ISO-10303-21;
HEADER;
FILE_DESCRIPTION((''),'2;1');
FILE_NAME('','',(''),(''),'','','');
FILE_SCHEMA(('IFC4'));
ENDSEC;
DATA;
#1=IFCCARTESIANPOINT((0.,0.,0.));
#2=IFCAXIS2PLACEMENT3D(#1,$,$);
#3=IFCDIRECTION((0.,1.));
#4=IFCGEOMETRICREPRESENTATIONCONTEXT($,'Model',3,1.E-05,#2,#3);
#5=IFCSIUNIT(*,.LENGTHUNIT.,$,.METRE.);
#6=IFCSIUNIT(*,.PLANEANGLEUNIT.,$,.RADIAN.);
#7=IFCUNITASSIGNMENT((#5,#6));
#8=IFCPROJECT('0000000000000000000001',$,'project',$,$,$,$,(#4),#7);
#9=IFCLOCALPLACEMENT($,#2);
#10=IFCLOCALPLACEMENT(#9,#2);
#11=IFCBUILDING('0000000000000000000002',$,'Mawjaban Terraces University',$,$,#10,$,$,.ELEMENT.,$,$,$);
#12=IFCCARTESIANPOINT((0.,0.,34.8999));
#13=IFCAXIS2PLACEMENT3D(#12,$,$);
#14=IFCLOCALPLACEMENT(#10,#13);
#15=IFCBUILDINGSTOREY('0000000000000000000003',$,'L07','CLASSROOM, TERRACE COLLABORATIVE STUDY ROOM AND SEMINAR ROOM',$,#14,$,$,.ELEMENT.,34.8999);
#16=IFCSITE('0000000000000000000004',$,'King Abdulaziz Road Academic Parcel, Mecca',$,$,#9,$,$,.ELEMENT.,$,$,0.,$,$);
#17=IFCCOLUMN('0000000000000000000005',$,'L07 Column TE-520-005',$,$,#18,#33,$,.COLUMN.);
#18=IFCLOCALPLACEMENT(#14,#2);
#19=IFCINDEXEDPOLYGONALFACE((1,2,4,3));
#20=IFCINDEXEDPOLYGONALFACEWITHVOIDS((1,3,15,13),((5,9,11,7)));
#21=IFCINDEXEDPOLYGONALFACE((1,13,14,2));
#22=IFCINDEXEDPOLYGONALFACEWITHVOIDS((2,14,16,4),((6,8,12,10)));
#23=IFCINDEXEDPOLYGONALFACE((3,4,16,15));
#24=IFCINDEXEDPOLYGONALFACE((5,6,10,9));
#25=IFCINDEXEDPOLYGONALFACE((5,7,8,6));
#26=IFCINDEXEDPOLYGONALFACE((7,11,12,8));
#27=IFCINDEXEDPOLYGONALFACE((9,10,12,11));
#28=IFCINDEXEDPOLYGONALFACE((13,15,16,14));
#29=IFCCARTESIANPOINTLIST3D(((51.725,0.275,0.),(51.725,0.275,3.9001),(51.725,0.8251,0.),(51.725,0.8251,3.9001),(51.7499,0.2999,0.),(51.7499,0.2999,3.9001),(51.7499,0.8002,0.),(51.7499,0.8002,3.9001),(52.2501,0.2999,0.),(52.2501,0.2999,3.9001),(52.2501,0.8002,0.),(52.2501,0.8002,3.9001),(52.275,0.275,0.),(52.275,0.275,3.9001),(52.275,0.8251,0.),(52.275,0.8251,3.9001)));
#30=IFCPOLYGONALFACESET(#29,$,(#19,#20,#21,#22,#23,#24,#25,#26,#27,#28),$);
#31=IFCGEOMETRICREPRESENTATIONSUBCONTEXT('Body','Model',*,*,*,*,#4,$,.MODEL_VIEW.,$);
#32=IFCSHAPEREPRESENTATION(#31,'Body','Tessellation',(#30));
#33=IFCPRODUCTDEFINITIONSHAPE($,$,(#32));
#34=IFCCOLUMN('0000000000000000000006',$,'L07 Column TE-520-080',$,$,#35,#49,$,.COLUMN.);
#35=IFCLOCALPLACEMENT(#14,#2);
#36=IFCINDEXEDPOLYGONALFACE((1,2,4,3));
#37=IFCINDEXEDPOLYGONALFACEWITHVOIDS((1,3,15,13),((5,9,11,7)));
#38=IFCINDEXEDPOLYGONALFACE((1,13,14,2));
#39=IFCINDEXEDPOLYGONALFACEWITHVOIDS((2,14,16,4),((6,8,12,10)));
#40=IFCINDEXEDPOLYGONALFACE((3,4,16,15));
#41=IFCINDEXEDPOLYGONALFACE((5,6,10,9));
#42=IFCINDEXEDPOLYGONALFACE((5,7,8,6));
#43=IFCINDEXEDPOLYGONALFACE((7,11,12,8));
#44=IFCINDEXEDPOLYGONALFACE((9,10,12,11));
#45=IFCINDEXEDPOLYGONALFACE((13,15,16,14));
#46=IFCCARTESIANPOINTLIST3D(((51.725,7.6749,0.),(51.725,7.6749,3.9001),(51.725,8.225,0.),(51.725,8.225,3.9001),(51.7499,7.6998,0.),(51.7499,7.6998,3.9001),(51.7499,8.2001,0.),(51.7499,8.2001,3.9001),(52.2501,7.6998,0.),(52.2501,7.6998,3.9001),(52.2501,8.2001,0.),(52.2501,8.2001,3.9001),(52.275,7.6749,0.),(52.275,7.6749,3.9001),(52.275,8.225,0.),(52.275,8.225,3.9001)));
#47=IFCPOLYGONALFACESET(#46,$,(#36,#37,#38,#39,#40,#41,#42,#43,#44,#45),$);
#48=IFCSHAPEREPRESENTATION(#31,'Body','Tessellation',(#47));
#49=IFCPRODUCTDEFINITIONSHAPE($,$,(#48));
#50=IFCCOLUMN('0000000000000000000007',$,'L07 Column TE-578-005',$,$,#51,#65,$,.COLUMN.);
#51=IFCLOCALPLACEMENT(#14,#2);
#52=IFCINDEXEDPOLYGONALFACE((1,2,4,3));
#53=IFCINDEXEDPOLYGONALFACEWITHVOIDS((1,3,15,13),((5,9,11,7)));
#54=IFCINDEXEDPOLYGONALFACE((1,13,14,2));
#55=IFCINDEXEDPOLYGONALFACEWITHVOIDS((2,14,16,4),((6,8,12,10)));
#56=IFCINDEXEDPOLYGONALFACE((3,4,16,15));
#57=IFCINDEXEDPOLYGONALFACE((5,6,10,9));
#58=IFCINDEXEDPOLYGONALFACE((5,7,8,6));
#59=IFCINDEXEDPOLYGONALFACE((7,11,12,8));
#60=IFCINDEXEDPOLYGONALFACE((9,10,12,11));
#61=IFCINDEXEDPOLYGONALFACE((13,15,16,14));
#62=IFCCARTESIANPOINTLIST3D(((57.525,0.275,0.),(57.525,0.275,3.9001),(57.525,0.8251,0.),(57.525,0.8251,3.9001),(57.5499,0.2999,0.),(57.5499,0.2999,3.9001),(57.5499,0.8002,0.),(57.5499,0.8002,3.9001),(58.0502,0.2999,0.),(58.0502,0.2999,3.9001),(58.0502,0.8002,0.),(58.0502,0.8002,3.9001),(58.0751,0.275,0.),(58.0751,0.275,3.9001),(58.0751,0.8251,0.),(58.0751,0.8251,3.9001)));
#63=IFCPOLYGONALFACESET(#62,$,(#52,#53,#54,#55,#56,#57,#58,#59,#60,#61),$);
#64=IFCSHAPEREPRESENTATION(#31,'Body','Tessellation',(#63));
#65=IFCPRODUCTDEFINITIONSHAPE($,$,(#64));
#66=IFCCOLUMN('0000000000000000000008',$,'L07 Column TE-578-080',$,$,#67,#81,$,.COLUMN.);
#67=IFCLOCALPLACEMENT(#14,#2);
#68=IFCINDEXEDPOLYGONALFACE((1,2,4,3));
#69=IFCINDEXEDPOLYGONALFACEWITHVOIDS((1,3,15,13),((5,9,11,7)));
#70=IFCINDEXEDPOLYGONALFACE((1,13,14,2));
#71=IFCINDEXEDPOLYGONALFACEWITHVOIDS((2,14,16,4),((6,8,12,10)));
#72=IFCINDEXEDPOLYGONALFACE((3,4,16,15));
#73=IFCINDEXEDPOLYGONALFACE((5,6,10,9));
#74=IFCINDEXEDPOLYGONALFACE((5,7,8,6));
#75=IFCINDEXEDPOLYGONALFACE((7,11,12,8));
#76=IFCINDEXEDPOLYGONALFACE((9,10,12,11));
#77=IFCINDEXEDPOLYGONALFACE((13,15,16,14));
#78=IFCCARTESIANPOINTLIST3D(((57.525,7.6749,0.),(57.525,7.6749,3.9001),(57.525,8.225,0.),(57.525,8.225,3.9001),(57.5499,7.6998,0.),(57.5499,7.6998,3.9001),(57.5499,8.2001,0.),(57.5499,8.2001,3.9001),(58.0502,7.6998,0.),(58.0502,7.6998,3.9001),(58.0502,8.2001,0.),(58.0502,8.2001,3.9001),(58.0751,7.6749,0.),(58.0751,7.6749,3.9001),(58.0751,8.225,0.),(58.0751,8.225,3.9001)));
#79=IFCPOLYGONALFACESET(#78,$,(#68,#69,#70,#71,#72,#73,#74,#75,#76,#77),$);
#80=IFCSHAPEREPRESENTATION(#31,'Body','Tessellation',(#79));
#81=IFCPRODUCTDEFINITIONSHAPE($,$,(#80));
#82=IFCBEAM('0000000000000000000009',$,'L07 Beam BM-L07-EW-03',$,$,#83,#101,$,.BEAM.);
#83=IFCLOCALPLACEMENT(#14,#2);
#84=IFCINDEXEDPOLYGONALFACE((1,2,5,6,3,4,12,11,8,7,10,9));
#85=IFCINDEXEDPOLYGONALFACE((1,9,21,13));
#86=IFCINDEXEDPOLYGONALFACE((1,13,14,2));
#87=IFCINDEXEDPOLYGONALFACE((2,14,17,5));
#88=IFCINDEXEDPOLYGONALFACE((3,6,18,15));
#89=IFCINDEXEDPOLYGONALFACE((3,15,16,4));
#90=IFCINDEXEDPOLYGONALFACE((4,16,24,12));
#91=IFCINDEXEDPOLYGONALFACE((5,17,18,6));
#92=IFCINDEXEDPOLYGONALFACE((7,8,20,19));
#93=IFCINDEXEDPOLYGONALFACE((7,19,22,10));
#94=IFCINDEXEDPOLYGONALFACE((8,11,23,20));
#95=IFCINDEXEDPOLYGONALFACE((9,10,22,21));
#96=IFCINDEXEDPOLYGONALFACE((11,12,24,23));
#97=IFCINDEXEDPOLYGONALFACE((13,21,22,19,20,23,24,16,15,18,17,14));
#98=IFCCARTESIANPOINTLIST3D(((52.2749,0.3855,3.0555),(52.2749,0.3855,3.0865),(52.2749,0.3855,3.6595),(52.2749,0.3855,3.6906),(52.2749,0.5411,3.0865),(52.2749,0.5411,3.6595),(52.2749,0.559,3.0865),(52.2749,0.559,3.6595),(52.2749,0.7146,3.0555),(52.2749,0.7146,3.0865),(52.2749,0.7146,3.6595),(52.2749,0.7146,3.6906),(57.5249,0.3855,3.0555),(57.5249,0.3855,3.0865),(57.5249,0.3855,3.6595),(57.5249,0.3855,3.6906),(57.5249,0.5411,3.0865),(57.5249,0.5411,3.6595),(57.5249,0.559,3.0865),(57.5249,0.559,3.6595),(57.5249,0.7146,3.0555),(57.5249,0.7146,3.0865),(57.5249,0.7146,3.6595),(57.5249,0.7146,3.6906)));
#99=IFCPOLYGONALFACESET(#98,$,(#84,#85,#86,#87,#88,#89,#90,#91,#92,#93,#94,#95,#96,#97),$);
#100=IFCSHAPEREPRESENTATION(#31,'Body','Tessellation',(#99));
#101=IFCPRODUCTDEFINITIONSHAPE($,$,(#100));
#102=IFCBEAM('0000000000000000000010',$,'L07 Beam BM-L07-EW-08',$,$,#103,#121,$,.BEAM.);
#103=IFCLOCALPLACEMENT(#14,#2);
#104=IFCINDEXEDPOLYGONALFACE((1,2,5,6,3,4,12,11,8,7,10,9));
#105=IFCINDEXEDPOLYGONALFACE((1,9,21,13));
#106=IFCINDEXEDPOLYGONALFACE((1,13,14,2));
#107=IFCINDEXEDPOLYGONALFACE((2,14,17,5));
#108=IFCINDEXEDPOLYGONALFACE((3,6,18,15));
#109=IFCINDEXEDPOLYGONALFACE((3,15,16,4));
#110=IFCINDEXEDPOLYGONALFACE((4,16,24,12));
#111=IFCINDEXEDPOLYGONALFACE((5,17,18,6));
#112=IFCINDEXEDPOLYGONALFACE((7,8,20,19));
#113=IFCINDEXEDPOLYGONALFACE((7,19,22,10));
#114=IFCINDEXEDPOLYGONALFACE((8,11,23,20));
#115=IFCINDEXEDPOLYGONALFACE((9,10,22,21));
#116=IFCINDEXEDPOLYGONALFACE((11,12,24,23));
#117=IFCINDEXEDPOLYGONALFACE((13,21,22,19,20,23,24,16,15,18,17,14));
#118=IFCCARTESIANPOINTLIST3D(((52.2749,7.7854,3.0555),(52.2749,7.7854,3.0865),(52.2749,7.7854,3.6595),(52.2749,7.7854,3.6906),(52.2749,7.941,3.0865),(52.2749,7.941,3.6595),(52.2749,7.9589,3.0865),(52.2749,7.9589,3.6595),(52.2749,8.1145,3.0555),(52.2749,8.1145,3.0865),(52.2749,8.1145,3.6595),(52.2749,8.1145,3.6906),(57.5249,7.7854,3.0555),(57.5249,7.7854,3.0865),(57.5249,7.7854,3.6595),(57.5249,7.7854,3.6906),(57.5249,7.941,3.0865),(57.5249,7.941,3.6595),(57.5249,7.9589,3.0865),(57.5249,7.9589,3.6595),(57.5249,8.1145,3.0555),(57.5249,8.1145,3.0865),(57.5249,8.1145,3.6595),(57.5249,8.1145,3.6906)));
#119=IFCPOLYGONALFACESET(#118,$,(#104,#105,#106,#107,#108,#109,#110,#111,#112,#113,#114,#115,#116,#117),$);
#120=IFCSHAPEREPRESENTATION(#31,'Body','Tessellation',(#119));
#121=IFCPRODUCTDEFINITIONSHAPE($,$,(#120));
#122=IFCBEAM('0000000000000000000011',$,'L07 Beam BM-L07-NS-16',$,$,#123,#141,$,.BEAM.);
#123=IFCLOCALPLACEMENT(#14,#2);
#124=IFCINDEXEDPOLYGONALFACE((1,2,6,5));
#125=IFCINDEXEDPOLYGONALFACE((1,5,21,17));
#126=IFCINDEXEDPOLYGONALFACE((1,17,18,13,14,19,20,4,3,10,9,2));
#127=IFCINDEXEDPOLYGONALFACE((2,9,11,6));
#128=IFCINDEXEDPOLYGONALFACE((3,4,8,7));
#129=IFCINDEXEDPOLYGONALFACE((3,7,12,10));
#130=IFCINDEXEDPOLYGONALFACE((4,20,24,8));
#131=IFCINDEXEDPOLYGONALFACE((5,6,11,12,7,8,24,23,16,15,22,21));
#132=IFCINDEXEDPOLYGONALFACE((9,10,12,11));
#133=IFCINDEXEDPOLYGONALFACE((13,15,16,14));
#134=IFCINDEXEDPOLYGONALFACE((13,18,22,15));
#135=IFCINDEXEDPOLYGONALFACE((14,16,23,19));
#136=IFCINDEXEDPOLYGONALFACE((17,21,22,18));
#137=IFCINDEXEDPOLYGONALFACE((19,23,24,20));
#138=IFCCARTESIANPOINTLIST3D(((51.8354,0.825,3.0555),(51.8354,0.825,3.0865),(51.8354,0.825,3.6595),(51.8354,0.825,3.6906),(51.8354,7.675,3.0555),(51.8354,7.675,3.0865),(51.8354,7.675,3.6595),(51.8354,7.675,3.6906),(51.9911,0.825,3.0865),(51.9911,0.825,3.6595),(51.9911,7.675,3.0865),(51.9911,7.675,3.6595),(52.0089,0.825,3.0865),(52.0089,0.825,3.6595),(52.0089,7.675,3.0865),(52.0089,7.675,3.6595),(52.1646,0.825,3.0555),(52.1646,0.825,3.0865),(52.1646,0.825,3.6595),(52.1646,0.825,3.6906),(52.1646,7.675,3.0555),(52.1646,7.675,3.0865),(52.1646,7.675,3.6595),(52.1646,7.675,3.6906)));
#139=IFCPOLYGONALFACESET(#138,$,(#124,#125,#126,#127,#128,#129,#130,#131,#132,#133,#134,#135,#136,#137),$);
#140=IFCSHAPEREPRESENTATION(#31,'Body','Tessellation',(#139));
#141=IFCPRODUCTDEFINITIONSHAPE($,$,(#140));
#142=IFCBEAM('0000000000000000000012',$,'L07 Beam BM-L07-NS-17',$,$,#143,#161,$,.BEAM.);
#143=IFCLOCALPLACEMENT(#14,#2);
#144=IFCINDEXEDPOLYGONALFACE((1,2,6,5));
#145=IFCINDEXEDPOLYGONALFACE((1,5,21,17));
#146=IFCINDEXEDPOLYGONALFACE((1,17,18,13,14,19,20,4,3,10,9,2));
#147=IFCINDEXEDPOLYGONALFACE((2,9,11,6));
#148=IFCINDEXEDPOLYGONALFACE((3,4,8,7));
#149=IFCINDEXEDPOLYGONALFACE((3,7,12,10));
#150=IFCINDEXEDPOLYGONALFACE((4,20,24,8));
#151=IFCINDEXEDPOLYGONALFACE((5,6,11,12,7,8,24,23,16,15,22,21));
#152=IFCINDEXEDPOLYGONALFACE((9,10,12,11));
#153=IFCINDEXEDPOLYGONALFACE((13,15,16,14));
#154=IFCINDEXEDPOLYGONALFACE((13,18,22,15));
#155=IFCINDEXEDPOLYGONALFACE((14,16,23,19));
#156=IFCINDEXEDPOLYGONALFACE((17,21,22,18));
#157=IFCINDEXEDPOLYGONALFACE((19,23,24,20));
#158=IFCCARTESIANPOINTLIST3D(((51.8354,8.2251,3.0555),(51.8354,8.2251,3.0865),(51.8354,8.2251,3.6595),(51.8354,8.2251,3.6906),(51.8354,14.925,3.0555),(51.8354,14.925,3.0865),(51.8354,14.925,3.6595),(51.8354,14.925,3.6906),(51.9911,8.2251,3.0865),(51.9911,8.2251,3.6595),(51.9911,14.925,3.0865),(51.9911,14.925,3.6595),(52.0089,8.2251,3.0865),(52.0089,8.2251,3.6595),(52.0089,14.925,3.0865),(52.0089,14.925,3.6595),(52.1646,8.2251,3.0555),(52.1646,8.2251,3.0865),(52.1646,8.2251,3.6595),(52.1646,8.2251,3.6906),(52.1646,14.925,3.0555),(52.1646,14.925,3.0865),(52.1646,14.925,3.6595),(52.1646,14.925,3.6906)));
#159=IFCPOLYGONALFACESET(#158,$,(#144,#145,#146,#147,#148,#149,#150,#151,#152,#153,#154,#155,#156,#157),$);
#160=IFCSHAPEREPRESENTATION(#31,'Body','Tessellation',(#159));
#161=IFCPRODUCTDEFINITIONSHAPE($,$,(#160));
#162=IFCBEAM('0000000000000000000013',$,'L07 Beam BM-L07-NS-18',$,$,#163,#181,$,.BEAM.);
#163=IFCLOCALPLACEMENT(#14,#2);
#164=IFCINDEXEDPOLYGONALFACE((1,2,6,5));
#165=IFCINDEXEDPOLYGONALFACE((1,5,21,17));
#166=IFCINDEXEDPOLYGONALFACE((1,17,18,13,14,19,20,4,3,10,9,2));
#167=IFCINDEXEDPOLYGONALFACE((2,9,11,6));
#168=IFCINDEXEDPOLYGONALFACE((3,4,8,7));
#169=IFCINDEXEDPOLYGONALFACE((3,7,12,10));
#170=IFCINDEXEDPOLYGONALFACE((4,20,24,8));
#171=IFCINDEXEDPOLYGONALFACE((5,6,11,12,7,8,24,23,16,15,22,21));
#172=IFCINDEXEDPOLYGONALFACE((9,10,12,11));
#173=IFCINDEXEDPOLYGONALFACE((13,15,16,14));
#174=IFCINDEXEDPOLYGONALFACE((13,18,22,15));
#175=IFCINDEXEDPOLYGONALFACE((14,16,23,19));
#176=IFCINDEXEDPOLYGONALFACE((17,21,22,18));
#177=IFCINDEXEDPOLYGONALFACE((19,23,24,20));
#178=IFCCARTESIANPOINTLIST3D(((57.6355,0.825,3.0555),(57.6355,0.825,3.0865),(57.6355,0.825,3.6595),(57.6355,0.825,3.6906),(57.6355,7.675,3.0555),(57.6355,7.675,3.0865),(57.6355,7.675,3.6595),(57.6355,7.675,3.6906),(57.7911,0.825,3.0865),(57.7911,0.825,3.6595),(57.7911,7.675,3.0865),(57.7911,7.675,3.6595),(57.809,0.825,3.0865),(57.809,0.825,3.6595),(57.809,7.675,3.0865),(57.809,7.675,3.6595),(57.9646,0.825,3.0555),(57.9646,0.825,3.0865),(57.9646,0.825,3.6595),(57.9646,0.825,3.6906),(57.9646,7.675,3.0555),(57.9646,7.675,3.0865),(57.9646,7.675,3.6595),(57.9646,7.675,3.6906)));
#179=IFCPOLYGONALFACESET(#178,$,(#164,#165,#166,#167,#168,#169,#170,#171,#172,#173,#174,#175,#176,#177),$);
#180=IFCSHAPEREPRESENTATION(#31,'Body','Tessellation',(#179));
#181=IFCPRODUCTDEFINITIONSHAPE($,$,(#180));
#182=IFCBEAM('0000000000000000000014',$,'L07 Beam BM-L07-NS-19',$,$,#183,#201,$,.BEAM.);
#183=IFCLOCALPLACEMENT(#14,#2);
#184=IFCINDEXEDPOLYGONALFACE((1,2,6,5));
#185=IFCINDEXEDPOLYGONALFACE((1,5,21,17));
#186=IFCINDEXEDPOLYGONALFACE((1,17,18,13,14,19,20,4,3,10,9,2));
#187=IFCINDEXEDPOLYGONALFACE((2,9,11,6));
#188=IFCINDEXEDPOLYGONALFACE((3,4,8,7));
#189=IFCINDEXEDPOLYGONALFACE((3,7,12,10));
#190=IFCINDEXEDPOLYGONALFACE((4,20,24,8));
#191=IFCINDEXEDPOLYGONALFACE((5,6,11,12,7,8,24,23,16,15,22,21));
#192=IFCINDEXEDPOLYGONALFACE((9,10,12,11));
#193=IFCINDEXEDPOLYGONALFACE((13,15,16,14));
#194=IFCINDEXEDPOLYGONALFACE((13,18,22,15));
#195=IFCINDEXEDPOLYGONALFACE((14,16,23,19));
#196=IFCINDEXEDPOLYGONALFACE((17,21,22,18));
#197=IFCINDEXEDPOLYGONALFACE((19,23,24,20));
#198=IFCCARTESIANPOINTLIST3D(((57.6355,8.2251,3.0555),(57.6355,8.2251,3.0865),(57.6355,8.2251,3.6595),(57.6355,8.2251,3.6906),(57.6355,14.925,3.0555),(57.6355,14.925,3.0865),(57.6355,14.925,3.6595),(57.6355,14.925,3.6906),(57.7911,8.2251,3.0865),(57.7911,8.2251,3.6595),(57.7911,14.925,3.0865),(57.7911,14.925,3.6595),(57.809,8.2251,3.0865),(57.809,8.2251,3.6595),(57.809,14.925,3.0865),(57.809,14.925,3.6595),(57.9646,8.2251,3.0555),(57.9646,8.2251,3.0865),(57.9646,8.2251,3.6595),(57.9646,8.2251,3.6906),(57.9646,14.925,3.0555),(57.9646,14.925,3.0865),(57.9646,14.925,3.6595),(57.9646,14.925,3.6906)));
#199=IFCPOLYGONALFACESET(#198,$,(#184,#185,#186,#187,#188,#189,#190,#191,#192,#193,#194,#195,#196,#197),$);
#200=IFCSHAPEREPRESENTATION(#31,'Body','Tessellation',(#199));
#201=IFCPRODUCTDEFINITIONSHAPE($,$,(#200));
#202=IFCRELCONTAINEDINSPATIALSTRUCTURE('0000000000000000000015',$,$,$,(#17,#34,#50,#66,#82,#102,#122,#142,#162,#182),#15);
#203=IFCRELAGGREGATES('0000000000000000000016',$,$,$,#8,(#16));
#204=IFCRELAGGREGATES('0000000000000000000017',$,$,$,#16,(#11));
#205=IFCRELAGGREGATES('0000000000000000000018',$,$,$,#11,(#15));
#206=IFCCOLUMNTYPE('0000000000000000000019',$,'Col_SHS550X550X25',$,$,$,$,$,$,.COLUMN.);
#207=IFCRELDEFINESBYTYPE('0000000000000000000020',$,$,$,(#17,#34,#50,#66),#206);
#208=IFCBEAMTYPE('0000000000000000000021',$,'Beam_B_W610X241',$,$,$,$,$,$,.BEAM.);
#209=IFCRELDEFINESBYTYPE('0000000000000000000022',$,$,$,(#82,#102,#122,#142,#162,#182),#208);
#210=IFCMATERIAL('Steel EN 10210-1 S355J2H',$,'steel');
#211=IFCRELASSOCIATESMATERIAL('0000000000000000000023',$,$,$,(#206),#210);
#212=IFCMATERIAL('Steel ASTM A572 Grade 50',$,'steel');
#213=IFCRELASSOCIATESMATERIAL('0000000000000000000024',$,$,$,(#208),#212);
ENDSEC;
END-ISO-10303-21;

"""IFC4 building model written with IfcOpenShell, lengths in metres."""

from ifc_helpers import new_model, si_unit, direction, frame, origin, origin_2d, place, context, subcontext, project, spatial, hollow_rectangle, i_section, extrude, material, material_profile, profile_set, type_object, element, save


model = new_model("IFC4")

# Units and contexts
model_context = context("Model", 3, precision=1e-05, world=origin(), true_north=direction((0.0, 1.0)))
body_context = subcontext(model_context, "Body", "Model", "MODEL_VIEW")
ifc_project = project(units=[si_unit("LENGTHUNIT", "METRE"), si_unit("PLANEANGLEUNIT", "RADIAN")], contexts=[model_context])

# Site, building, storey
site_placement = place(None, origin())
site = spatial("IfcSite", under=ifc_project, at=site_placement, Name="King Abdulaziz Road Academic Parcel, Mecca", CompositionType="ELEMENT", RefElevation=0.0)
building_placement = place(site_placement, origin())
building = spatial("IfcBuilding", under=site, at=building_placement, Name="Mawjaban Terraces University", CompositionType="ELEMENT")
storey_placement = place(building_placement, frame((0.0, 0.0, 34.8999)))
storey = spatial("IfcBuildingStorey", under=building, at=storey_placement, Name="L07", Description="CLASSROOM, TERRACE COLLABORATIVE STUDY ROOM AND SEMINAR ROOM", CompositionType="ELEMENT", Elevation=34.8999)

# Columns
ifc_material_1 = material(Name="Steel EN 10210-1 S355J2H", Category="steel")
ifc_material_profile_1 = material_profile(ifc_material_1, hollow_rectangle(XDim=0.55, YDim=0.55, WallThickness=0.0249, at=origin_2d()), Name="SHS550X550X25")
ifc_profile_set_1 = profile_set([ifc_material_profile_1], Name="Steel EN 10210-1 S355J2H")
column_type = type_object("IfcColumnType", Name="Col_SHS550X550X25", PredefinedType="COLUMN", material=ifc_profile_set_1)
for number, where, z_axis, x_axis, name in (
    (1, (52.0, 0.55, 0.0), (0.0, 0.0, 1.0), (1.0, 0.0, 0.0), "L07 Column TE-520-005"),
    (2, (52.0, 7.95, 0.0), (0.0, 0.0, 1.0), (1.0, 0.0, 0.0), "L07 Column TE-520-080"),
    (3, (57.8, 0.55, 0.0), (0.0, 0.0, 1.0), (1.0, 0.0, 0.0), "L07 Column TE-578-005"),
    (4, (57.8, 7.95, 0.0), (0.0, 0.0, 1.0), (1.0, 0.0, 0.0), "L07 Column TE-578-080"),
):
    element("IfcColumn", number, at=place(storey_placement, frame(where, z_axis=z_axis, x_axis=x_axis)), inside=storey, type_object=column_type, Name=name, PredefinedType="COLUMN", context=body_context, shape_type="SweptSolid", body=[
        extrude(hollow_rectangle(XDim=0.55, YDim=0.55, WallThickness=0.0249, at=origin_2d()), origin(), (0.0, 0.0, 1.0), 3.9001),
    ])

# Beams
ifc_material_2 = material(Name="Steel ASTM A572 Grade 50", Category="steel")
ifc_material_profile_2 = material_profile(ifc_material_2, i_section(OverallWidth=0.3291, OverallDepth=0.635, WebThickness=0.0178, FlangeThickness=0.031, at=origin_2d()), Name="W610X241")
ifc_profile_set_2 = profile_set([ifc_material_profile_2], Name="Steel ASTM A572 Grade 50")
beam_type_1 = type_object("IfcBeamType", Name="Beam_B_W610X241", PredefinedType="BEAM", material=ifc_profile_set_2)
for number, where, z_axis, x_axis, name in (
    (5, (52.2749, 0.55, 3.373), (1.0, 0.0, 0.0), (0.0, 1.0, 0.0), "L07 Beam BM-L07-EW-03"),
    (6, (52.2749, 7.95, 3.373), (1.0, 0.0, 0.0), (0.0, 1.0, 0.0), "L07 Beam BM-L07-EW-08"),
):
    element("IfcBeam", number, at=place(storey_placement, frame(where, z_axis=z_axis, x_axis=x_axis)), inside=storey, type_object=beam_type_1, Name=name, PredefinedType="BEAM", context=body_context, shape_type="SweptSolid", body=[
        extrude(i_section(OverallWidth=0.3291, OverallDepth=0.635, WebThickness=0.0178, FlangeThickness=0.031, at=origin_2d()), origin(), (0.0, 0.0, 1.0), 5.25),
    ])
beam_1_placement = place(storey_placement, frame((52.0, 0.825, 3.373), z_axis=(0.0, 1.0, 0.0), x_axis=(-1.0, 0.0, 0.0)))
element("IfcBeam", 7, at=beam_1_placement, inside=storey, type_object=beam_type_1, Name="L07 Beam BM-L07-NS-16", PredefinedType="BEAM", context=body_context, shape_type="SweptSolid", body=[
    extrude(i_section(OverallWidth=0.3291, OverallDepth=0.635, WebThickness=0.0178, FlangeThickness=0.031, at=origin_2d()), origin(), (0.0, 0.0, 1.0), 6.8501),
])
beam_2_placement = place(storey_placement, frame((52.0, 8.2251, 3.373), z_axis=(0.0, 1.0, 0.0), x_axis=(-1.0, 0.0, 0.0)))
element("IfcBeam", 8, at=beam_2_placement, inside=storey, type_object=beam_type_1, Name="L07 Beam BM-L07-NS-17", PredefinedType="BEAM", context=body_context, shape_type="SweptSolid", body=[
    extrude(i_section(OverallWidth=0.3291, OverallDepth=0.635, WebThickness=0.0178, FlangeThickness=0.031, at=origin_2d()), origin(), (0.0, 0.0, 1.0), 6.7),
])
beam_3_placement = place(storey_placement, frame((57.8, 0.825, 3.373), z_axis=(0.0, 1.0, 0.0), x_axis=(-1.0, 0.0, 0.0)))
element("IfcBeam", 9, at=beam_3_placement, inside=storey, type_object=beam_type_1, Name="L07 Beam BM-L07-NS-18", PredefinedType="BEAM", context=body_context, shape_type="SweptSolid", body=[
    extrude(i_section(OverallWidth=0.3291, OverallDepth=0.635, WebThickness=0.0178, FlangeThickness=0.031, at=origin_2d()), origin(), (0.0, 0.0, 1.0), 6.8501),
])
beam_4_placement = place(storey_placement, frame((57.8, 8.2251, 3.373), z_axis=(0.0, 1.0, 0.0), x_axis=(-1.0, 0.0, 0.0)))
element("IfcBeam", 10, at=beam_4_placement, inside=storey, type_object=beam_type_1, Name="L07 Beam BM-L07-NS-19", PredefinedType="BEAM", context=body_context, shape_type="SweptSolid", body=[
    extrude(i_section(OverallWidth=0.3291, OverallDepth=0.635, WebThickness=0.0178, FlangeThickness=0.031, at=origin_2d()), origin(), (0.0, 0.0, 1.0), 6.7),
])

save(model, "model.ifc")
